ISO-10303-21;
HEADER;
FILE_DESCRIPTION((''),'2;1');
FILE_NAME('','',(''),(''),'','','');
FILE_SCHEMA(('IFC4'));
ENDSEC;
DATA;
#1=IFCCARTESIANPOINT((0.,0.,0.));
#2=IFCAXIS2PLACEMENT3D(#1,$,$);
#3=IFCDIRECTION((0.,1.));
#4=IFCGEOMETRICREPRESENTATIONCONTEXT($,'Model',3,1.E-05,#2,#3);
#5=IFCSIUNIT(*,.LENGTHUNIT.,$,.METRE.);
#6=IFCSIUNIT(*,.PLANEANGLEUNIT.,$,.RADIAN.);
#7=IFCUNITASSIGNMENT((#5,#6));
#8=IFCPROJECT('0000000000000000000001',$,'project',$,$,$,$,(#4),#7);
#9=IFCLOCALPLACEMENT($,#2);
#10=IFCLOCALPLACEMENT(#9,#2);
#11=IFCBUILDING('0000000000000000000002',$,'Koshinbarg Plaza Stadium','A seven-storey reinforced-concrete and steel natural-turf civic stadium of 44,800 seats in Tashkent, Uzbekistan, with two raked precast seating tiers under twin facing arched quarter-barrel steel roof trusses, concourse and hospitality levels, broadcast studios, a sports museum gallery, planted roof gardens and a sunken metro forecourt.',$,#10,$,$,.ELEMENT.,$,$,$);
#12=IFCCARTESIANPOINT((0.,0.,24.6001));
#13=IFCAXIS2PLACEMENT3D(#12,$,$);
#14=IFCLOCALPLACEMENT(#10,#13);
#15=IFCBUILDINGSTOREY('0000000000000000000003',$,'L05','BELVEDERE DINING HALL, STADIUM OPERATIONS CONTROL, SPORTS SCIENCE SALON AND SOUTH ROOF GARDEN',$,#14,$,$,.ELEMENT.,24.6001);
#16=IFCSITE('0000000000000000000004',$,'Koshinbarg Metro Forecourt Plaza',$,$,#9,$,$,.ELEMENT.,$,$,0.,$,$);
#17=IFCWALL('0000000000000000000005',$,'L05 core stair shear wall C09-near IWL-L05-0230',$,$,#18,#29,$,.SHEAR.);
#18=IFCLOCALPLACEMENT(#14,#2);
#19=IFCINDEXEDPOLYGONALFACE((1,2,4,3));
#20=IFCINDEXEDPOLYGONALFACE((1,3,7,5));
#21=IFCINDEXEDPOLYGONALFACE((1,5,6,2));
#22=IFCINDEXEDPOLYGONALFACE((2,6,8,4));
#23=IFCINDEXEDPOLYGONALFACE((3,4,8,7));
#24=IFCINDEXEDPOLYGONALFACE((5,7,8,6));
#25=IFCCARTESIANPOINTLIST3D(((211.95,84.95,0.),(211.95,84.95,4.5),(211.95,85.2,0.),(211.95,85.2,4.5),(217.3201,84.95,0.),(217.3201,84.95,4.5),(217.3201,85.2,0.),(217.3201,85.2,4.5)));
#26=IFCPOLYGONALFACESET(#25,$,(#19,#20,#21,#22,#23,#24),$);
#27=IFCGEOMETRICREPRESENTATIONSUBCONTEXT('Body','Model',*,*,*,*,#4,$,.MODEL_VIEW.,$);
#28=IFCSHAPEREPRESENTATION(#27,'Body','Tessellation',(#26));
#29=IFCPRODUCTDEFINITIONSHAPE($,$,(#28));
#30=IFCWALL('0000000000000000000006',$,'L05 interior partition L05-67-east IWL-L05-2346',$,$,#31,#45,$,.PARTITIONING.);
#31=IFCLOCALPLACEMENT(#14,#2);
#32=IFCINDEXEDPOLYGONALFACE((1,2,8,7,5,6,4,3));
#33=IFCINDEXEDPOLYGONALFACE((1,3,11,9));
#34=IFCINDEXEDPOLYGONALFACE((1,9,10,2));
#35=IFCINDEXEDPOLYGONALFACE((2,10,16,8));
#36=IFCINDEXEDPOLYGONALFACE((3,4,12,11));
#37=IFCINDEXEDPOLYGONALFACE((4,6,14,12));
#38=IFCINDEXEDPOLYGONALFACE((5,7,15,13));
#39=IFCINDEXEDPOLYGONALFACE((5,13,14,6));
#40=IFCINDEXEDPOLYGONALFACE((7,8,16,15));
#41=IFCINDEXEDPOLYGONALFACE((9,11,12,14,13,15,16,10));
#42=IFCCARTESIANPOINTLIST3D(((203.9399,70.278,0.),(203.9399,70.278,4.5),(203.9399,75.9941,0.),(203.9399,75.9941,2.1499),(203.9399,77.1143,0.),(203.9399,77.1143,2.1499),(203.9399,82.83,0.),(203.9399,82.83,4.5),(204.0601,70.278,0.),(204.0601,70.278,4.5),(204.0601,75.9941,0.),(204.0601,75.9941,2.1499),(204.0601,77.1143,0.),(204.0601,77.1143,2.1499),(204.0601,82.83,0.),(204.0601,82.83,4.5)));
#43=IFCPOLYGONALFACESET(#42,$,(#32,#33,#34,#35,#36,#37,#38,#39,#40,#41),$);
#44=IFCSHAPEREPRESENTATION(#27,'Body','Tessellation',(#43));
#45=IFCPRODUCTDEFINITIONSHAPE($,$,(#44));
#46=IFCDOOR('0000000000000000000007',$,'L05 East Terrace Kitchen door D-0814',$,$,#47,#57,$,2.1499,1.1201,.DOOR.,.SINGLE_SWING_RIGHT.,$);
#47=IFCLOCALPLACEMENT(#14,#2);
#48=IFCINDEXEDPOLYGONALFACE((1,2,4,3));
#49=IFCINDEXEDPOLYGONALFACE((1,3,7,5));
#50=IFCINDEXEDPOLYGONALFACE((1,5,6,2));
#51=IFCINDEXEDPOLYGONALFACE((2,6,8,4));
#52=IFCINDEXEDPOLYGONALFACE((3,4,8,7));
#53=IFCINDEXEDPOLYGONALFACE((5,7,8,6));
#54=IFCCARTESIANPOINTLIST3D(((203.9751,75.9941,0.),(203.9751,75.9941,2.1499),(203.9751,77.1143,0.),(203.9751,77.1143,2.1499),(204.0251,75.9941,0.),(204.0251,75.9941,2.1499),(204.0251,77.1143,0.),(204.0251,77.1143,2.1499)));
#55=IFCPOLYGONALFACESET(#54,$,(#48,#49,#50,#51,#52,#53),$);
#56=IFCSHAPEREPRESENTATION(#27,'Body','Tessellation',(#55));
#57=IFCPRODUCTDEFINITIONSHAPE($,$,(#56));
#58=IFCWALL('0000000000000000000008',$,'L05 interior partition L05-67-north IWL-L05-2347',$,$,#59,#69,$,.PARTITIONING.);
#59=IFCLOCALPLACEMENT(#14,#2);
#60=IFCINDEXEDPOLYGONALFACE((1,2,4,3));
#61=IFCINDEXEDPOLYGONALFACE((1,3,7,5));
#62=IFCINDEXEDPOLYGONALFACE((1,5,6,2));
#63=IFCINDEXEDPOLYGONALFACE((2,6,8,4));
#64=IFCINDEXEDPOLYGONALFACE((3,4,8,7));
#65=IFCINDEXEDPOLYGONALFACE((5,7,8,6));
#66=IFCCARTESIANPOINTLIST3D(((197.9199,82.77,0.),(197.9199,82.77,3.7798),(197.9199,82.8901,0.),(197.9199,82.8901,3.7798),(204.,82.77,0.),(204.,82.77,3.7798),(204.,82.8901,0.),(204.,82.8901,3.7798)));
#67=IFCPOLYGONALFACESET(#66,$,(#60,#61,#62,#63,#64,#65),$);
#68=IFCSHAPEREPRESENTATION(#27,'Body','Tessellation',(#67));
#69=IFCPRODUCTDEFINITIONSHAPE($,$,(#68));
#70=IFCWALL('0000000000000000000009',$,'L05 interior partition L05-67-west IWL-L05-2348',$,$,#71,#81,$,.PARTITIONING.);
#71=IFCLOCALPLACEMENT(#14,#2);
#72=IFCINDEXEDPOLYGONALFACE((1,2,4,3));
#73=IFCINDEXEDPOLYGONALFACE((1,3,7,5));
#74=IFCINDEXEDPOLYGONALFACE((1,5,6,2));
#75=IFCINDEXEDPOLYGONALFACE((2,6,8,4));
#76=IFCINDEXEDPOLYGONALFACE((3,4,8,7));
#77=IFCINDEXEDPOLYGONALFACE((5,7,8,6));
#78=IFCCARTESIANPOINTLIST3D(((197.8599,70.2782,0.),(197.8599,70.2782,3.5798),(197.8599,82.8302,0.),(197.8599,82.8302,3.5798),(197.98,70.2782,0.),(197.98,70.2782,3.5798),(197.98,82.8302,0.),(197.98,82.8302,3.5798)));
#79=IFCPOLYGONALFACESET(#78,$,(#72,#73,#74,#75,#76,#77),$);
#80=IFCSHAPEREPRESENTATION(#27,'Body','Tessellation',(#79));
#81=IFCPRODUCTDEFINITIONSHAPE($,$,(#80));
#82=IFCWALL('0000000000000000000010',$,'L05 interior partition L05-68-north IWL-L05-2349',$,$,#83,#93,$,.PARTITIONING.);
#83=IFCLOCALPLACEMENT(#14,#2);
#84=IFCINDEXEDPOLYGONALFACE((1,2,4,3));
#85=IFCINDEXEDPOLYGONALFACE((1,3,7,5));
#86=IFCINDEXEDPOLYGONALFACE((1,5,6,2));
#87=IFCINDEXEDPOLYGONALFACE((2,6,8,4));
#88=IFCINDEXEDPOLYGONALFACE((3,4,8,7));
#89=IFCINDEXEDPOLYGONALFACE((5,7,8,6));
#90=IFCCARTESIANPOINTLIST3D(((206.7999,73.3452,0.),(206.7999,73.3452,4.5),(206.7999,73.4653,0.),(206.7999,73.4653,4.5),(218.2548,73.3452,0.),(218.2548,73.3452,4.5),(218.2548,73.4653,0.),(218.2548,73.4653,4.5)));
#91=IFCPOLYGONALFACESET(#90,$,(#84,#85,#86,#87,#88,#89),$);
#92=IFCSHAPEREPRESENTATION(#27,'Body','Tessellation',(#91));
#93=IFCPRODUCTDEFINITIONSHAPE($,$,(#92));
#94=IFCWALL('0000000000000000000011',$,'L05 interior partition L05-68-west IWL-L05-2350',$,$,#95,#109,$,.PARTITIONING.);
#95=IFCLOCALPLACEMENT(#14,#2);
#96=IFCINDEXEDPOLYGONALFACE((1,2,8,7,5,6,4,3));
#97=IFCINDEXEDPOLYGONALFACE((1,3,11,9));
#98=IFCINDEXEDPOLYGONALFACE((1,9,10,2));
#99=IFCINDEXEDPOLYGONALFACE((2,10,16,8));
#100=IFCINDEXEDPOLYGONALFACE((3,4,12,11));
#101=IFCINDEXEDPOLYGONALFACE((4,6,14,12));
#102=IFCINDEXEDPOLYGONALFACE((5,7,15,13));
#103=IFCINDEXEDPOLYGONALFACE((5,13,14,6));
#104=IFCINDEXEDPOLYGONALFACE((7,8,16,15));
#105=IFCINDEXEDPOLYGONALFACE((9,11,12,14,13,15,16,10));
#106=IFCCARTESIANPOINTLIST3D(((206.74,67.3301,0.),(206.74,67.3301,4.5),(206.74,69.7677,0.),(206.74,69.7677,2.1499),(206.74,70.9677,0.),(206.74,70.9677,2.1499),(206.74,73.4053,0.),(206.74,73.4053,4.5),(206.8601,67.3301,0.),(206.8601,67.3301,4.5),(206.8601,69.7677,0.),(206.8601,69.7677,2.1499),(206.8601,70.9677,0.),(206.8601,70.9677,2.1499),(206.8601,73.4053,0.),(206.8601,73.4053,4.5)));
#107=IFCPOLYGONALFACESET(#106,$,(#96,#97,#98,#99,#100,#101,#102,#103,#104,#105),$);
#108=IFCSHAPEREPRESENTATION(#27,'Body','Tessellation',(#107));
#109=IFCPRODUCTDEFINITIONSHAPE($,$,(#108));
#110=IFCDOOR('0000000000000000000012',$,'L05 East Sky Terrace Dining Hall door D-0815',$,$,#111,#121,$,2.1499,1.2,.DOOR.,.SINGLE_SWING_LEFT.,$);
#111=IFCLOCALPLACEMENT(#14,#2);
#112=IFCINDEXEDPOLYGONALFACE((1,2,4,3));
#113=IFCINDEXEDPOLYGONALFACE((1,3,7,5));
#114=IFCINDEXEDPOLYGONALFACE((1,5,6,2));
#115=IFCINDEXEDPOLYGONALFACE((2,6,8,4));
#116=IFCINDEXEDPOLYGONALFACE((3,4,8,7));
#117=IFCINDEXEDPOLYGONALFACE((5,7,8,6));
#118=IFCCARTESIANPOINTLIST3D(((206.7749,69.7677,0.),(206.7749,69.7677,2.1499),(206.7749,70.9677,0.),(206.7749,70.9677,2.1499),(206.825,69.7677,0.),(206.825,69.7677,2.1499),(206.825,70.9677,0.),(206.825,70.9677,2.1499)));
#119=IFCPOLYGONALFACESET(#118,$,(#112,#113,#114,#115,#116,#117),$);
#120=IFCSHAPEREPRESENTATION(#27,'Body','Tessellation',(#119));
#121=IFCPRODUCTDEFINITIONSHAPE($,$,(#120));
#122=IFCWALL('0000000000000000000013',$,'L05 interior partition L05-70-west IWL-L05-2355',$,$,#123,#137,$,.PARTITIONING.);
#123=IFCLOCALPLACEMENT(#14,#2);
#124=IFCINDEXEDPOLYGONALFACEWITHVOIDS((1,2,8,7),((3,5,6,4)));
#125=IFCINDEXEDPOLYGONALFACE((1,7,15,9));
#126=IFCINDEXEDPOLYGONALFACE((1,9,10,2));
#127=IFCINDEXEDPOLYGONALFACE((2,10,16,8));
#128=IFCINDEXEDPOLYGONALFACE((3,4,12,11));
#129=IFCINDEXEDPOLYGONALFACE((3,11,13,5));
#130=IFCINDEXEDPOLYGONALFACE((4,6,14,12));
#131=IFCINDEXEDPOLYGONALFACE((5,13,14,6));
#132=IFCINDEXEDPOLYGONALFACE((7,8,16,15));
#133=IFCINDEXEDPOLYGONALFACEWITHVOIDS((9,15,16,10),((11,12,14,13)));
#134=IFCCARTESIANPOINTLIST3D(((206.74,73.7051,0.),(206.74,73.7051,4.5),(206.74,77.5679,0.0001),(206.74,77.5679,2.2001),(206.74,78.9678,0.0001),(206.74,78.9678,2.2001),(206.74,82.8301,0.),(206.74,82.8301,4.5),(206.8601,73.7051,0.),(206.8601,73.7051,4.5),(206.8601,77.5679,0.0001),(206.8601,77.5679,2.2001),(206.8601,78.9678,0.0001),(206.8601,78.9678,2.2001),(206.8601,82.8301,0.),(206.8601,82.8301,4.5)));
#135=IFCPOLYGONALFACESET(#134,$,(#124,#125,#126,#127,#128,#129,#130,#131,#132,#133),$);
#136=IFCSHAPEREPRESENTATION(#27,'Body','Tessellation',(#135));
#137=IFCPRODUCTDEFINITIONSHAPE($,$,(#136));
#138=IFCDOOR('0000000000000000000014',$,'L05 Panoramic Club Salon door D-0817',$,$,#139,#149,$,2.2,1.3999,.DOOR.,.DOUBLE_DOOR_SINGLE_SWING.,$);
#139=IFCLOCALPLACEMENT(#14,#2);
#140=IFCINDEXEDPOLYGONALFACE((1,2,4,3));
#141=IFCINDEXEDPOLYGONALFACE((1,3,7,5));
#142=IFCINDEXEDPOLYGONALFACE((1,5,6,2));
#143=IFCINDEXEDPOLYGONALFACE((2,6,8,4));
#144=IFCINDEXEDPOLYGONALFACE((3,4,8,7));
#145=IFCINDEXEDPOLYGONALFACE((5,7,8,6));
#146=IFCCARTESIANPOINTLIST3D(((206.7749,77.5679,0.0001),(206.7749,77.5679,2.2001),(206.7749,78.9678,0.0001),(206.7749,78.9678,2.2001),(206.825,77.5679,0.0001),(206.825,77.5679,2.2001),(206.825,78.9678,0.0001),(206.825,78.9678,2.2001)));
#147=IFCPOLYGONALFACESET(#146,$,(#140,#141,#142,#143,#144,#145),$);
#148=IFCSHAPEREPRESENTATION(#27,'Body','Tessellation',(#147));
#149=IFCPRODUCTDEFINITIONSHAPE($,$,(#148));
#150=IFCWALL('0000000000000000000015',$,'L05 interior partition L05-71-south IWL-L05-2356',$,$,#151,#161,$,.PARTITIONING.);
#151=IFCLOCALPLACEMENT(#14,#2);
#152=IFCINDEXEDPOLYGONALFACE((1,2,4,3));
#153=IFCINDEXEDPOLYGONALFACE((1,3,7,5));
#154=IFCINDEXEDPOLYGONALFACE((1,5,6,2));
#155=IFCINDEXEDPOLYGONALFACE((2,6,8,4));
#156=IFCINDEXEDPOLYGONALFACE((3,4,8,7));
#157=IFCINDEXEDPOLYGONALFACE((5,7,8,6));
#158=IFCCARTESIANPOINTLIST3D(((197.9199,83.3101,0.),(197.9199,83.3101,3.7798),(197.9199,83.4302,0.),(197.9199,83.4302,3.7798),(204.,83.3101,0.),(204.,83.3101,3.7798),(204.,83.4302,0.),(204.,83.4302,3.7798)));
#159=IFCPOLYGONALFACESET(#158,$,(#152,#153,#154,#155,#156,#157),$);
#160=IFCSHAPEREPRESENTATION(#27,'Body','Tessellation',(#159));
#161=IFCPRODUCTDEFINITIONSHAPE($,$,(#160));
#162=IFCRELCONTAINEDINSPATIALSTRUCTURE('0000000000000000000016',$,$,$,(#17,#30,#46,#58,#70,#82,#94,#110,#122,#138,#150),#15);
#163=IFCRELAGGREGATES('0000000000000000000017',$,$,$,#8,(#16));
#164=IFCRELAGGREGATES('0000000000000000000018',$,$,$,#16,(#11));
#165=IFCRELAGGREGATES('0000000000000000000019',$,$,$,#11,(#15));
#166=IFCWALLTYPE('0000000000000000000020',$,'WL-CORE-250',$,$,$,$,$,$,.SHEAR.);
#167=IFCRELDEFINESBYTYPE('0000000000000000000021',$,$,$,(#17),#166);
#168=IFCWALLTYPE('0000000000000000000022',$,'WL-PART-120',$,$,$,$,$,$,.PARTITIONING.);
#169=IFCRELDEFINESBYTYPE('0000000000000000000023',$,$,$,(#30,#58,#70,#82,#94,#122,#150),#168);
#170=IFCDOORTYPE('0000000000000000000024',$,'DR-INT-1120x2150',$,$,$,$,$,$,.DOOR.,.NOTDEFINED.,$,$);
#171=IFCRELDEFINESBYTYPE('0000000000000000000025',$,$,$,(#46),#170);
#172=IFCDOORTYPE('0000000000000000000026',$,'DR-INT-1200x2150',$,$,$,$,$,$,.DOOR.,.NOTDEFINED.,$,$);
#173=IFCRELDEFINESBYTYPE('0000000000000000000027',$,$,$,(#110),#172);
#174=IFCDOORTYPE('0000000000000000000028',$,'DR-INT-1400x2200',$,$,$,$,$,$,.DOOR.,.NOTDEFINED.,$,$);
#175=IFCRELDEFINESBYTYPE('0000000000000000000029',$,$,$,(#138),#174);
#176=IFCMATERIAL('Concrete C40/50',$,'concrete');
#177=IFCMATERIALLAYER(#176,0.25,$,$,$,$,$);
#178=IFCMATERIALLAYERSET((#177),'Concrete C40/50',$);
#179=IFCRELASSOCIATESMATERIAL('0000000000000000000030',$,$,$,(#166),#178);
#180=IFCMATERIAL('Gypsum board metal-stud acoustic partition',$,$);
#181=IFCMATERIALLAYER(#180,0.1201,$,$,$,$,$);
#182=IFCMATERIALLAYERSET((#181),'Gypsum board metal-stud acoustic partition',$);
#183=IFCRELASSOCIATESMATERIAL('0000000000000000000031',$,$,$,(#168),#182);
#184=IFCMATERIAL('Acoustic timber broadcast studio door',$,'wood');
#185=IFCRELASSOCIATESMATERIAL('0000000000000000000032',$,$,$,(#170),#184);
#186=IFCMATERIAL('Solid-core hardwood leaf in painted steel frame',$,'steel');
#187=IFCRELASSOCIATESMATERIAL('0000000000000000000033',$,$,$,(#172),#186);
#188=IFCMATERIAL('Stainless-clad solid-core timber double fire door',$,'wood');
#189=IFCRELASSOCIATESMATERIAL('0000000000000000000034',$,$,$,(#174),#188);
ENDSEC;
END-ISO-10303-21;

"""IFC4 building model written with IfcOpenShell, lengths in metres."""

from ifc_helpers import new_model, si_unit, direction, frame, frame_2d, origin, place, context, subcontext, project, spatial, rectangle, extrude, material, layer, layer_set, type_object, element, fill, save


model = new_model("IFC4")

# Units and contexts
model_context = context("Model", 3, precision=1e-05, world=origin(), true_north=direction((0.0, 1.0)))
body_context = subcontext(model_context, "Body", "Model", "MODEL_VIEW")
ifc_project = project(units=[si_unit("LENGTHUNIT", "METRE"), si_unit("PLANEANGLEUNIT", "RADIAN")], contexts=[model_context])

# Site, building, storey
site_placement = place(None, origin())
site = spatial("IfcSite", under=ifc_project, at=site_placement, Name="Koshinbarg Metro Forecourt Plaza", CompositionType="ELEMENT", RefElevation=0.0)
building_placement = place(site_placement, origin())
building = spatial("IfcBuilding", under=site, at=building_placement, Name="Koshinbarg Plaza Stadium", Description="A seven-storey reinforced-concrete and steel natural-turf civic stadium of 44,800 seats in Tashkent, Uzbekistan, with two raked precast seating tiers under twin facing arched quarter-barrel steel roof trusses, concourse and hospitality levels, broadcast studios, a sports museum gallery, planted roof gardens and a sunken metro forecourt.", CompositionType="ELEMENT")
storey_placement = place(building_placement, frame((0.0, 0.0, 24.6001)))
storey = spatial("IfcBuildingStorey", under=building, at=storey_placement, Name="L05", Description="BELVEDERE DINING HALL, STADIUM OPERATIONS CONTROL, SPORTS SCIENCE SALON AND SOUTH ROOF GARDEN", CompositionType="ELEMENT", Elevation=24.6001)

# Wall
ifc_material_1 = material(Name="Concrete C40/50", Category="concrete")
ifc_layer_1 = layer(ifc_material_1, 0.25)
ifc_layer_set_1 = layer_set([ifc_layer_1], Name="Concrete C40/50")
wall_type_1 = type_object("IfcWallType", Name="WL-CORE-250", PredefinedType="SHEAR", material=ifc_layer_set_1)
wall_1_placement = place(storey_placement, frame((211.95, 85.075, 0.0), z_axis=(0.0, 0.0, 1.0), x_axis=(1.0, 0.0, 0.0)))
element("IfcWall", 1, at=wall_1_placement, inside=storey, type_object=wall_type_1, Name="L05 core stair shear wall C09-near IWL-L05-0230", PredefinedType="SHEAR", context=body_context, shape_type="SweptSolid", body=[
    extrude(rectangle(XDim=5.3701, YDim=0.25, at=frame_2d((2.6851, 0.0))), origin(), (0.0, 0.0, 1.0), 4.5),
])

# Wall, opening, door
ifc_material_2 = material(Name="Gypsum board metal-stud acoustic partition")
ifc_layer_2 = layer(ifc_material_2, 0.1201)
ifc_layer_set_2 = layer_set([ifc_layer_2], Name="Gypsum board metal-stud acoustic partition")
wall_type_2 = type_object("IfcWallType", Name="WL-PART-120", PredefinedType="PARTITIONING", material=ifc_layer_set_2)
wall_2_placement = place(storey_placement, frame((204.0, 70.2781, 0.0), z_axis=(0.0, 0.0, 1.0), x_axis=(0.0, 1.0, 0.0)))
wall_2 = element("IfcWall", 2, at=wall_2_placement, inside=storey, type_object=wall_type_2, Name="L05 interior partition L05-67-east IWL-L05-2346", PredefinedType="PARTITIONING", context=body_context, shape_type="SweptSolid", body=[
    extrude(rectangle(XDim=12.552, YDim=0.1201, at=frame_2d((6.2759, 0.0))), origin(), (0.0, 0.0, 1.0), 4.5),
])
opening_1_placement = place(wall_2_placement, frame((5.7161, 0.0, 0.0)))
opening_1 = element("IfcOpeningElement", 3, at=opening_1_placement, cuts=wall_2, PredefinedType="OPENING", context=body_context, shape_type="SweptSolid", body=[
    extrude(rectangle(XDim=1.1201, YDim=2.1499, at=frame_2d((0.5601, 1.075))), frame((0.0, 0.0701, 0.0), z_axis=(0.0, -1.0, 0.0), x_axis=(1.0, 0.0, 0.0)), (0.0, 0.0, 1.0), 0.1401),
])
ifc_material_3 = material(Name="Acoustic timber broadcast studio door", Category="wood")
door_type_1 = type_object("IfcDoorType", Name="DR-INT-1120x2150", OperationType="NOTDEFINED", PredefinedType="DOOR", material=ifc_material_3)
door_1_placement = place(opening_1_placement, origin())
door_1 = element("IfcDoor", 4, at=door_1_placement, inside=storey, type_object=door_type_1, Name="L05 East Terrace Kitchen door D-0814", OperationType="SINGLE_SWING_RIGHT", OverallHeight=2.1499, OverallWidth=1.1201, PredefinedType="DOOR", context=body_context, shape_type="SweptSolid", body=[
    extrude(rectangle(XDim=1.1201, YDim=2.1499, at=frame_2d((0.5601, 1.075))), frame((0.0, 0.0249, 0.0), z_axis=(0.0, -1.0, 0.0), x_axis=(1.0, 0.0, 0.0)), (0.0, 0.0, 1.0), 0.05),
])
fill(opening_1, door_1)

# Walls
wall_3_placement = place(storey_placement, frame((204.0, 82.8301, 0.0), z_axis=(0.0, 0.0, 1.0), x_axis=(-1.0, 0.0, 0.0)))
element("IfcWall", 5, at=wall_3_placement, inside=storey, type_object=wall_type_2, Name="L05 interior partition L05-67-north IWL-L05-2347", PredefinedType="PARTITIONING", context=body_context, shape_type="SweptSolid", body=[
    extrude(rectangle(XDim=6.0801, YDim=0.1201, at=frame_2d((3.04, 0.0))), origin(), (0.0, 0.0, 1.0), 3.7798),
])
wall_4_placement = place(storey_placement, frame((197.9199, 82.8301, 0.0), z_axis=(0.0, 0.0, 1.0), x_axis=(0.0, -1.0, 0.0)))
element("IfcWall", 6, at=wall_4_placement, inside=storey, type_object=wall_type_2, Name="L05 interior partition L05-67-west IWL-L05-2348", PredefinedType="PARTITIONING", context=body_context, shape_type="SweptSolid", body=[
    extrude(rectangle(XDim=12.552, YDim=0.1201, at=frame_2d((6.2759, 0.0))), origin(), (0.0, 0.0, 1.0), 3.5798),
])
wall_5_placement = place(storey_placement, frame((218.2549, 73.4053, 0.0), z_axis=(0.0, 0.0, 1.0), x_axis=(-1.0, 0.0, 0.0)))
element("IfcWall", 7, at=wall_5_placement, inside=storey, type_object=wall_type_2, Name="L05 interior partition L05-68-north IWL-L05-2349", PredefinedType="PARTITIONING", context=body_context, shape_type="SweptSolid", body=[
    extrude(rectangle(XDim=11.4548, YDim=0.1201, at=frame_2d((5.7275, 0.0))), origin(), (0.0, 0.0, 1.0), 4.5),
])

# Walls, openings, doors
wall_6_placement = place(storey_placement, frame((206.8, 73.4053, 0.0), z_axis=(0.0, 0.0, 1.0), x_axis=(0.0, -1.0, 0.0)))
wall_6 = element("IfcWall", 8, at=wall_6_placement, inside=storey, type_object=wall_type_2, Name="L05 interior partition L05-68-west IWL-L05-2350", PredefinedType="PARTITIONING", context=body_context, shape_type="SweptSolid", body=[
    extrude(rectangle(XDim=6.0752, YDim=0.1201, at=frame_2d((3.0376, 0.0))), origin(), (0.0, 0.0, 1.0), 4.5),
])
opening_2_placement = place(wall_6_placement, frame((2.4375, 0.0, 0.0)))
opening_2 = element("IfcOpeningElement", 9, at=opening_2_placement, cuts=wall_6, PredefinedType="OPENING", context=body_context, shape_type="SweptSolid", body=[
    extrude(rectangle(XDim=1.2, YDim=2.1499, at=frame_2d((0.6001, 1.075))), frame((0.0, 0.0701, 0.0), z_axis=(0.0, -1.0, 0.0), x_axis=(1.0, 0.0, 0.0)), (0.0, 0.0, 1.0), 0.1401),
])
ifc_material_4 = material(Name="Solid-core hardwood leaf in painted steel frame", Category="steel")
door_type_2 = type_object("IfcDoorType", Name="DR-INT-1200x2150", OperationType="NOTDEFINED", PredefinedType="DOOR", material=ifc_material_4)
door_2_placement = place(opening_2_placement, origin())
door_2 = element("IfcDoor", 10, at=door_2_placement, inside=storey, type_object=door_type_2, Name="L05 East Sky Terrace Dining Hall door D-0815", OperationType="SINGLE_SWING_LEFT", OverallHeight=2.1499, OverallWidth=1.2, PredefinedType="DOOR", context=body_context, shape_type="SweptSolid", body=[
    extrude(rectangle(XDim=1.2, YDim=2.1499, at=frame_2d((0.6001, 1.075))), frame((0.0, 0.0249, 0.0), z_axis=(0.0, -1.0, 0.0), x_axis=(1.0, 0.0, 0.0)), (0.0, 0.0, 1.0), 0.05),
])
fill(opening_2, door_2)
wall_7_placement = place(storey_placement, frame((206.8, 82.8301, 0.0), z_axis=(0.0, 0.0, 1.0), x_axis=(0.0, -1.0, 0.0)))
wall_7 = element("IfcWall", 11, at=wall_7_placement, inside=storey, type_object=wall_type_2, Name="L05 interior partition L05-70-west IWL-L05-2355", PredefinedType="PARTITIONING", context=body_context, shape_type="SweptSolid", body=[
    extrude(rectangle(XDim=9.125, YDim=0.1201, at=frame_2d((4.5625, 0.0))), origin(), (0.0, 0.0, 1.0), 4.5),
])
opening_3_placement = place(wall_7_placement, frame((3.8623, 0.0, 0.0)))
opening_3 = element("IfcOpeningElement", 12, at=opening_3_placement, cuts=wall_7, PredefinedType="OPENING", context=body_context, shape_type="SweptSolid", body=[
    extrude(rectangle(XDim=1.3999, YDim=2.2, at=frame_2d((0.7, 1.1001))), frame((0.0, 0.0701, 0.0), z_axis=(0.0, -1.0, 0.0), x_axis=(1.0, 0.0, 0.0)), (0.0, 0.0, 1.0), 0.1401),
])
ifc_material_5 = material(Name="Stainless-clad solid-core timber double fire door", Category="wood")
door_type_3 = type_object("IfcDoorType", Name="DR-INT-1400x2200", OperationType="NOTDEFINED", PredefinedType="DOOR", material=ifc_material_5)
door_3_placement = place(opening_3_placement, origin())
door_3 = element("IfcDoor", 13, at=door_3_placement, inside=storey, type_object=door_type_3, Name="L05 Panoramic Club Salon door D-0817", OperationType="DOUBLE_DOOR_SINGLE_SWING", OverallHeight=2.2, OverallWidth=1.3999, PredefinedType="DOOR", context=body_context, shape_type="SweptSolid", body=[
    extrude(rectangle(XDim=1.3999, YDim=2.2, at=frame_2d((0.7, 1.1001))), frame((0.0, 0.0249, 0.0), z_axis=(0.0, -1.0, 0.0), x_axis=(1.0, 0.0, 0.0)), (0.0, 0.0, 1.0), 0.05),
])
fill(opening_3, door_3)

# Wall
wall_8_placement = place(storey_placement, frame((197.9199, 83.3701, 0.0), z_axis=(0.0, 0.0, 1.0), x_axis=(1.0, 0.0, 0.0)))
element("IfcWall", 14, at=wall_8_placement, inside=storey, type_object=wall_type_2, Name="L05 interior partition L05-71-south IWL-L05-2356", PredefinedType="PARTITIONING", context=body_context, shape_type="SweptSolid", body=[
    extrude(rectangle(XDim=6.0801, YDim=0.1201, at=frame_2d((3.04, 0.0))), origin(), (0.0, 0.0, 1.0), 3.7798),
])

save(model, "model.ifc")
